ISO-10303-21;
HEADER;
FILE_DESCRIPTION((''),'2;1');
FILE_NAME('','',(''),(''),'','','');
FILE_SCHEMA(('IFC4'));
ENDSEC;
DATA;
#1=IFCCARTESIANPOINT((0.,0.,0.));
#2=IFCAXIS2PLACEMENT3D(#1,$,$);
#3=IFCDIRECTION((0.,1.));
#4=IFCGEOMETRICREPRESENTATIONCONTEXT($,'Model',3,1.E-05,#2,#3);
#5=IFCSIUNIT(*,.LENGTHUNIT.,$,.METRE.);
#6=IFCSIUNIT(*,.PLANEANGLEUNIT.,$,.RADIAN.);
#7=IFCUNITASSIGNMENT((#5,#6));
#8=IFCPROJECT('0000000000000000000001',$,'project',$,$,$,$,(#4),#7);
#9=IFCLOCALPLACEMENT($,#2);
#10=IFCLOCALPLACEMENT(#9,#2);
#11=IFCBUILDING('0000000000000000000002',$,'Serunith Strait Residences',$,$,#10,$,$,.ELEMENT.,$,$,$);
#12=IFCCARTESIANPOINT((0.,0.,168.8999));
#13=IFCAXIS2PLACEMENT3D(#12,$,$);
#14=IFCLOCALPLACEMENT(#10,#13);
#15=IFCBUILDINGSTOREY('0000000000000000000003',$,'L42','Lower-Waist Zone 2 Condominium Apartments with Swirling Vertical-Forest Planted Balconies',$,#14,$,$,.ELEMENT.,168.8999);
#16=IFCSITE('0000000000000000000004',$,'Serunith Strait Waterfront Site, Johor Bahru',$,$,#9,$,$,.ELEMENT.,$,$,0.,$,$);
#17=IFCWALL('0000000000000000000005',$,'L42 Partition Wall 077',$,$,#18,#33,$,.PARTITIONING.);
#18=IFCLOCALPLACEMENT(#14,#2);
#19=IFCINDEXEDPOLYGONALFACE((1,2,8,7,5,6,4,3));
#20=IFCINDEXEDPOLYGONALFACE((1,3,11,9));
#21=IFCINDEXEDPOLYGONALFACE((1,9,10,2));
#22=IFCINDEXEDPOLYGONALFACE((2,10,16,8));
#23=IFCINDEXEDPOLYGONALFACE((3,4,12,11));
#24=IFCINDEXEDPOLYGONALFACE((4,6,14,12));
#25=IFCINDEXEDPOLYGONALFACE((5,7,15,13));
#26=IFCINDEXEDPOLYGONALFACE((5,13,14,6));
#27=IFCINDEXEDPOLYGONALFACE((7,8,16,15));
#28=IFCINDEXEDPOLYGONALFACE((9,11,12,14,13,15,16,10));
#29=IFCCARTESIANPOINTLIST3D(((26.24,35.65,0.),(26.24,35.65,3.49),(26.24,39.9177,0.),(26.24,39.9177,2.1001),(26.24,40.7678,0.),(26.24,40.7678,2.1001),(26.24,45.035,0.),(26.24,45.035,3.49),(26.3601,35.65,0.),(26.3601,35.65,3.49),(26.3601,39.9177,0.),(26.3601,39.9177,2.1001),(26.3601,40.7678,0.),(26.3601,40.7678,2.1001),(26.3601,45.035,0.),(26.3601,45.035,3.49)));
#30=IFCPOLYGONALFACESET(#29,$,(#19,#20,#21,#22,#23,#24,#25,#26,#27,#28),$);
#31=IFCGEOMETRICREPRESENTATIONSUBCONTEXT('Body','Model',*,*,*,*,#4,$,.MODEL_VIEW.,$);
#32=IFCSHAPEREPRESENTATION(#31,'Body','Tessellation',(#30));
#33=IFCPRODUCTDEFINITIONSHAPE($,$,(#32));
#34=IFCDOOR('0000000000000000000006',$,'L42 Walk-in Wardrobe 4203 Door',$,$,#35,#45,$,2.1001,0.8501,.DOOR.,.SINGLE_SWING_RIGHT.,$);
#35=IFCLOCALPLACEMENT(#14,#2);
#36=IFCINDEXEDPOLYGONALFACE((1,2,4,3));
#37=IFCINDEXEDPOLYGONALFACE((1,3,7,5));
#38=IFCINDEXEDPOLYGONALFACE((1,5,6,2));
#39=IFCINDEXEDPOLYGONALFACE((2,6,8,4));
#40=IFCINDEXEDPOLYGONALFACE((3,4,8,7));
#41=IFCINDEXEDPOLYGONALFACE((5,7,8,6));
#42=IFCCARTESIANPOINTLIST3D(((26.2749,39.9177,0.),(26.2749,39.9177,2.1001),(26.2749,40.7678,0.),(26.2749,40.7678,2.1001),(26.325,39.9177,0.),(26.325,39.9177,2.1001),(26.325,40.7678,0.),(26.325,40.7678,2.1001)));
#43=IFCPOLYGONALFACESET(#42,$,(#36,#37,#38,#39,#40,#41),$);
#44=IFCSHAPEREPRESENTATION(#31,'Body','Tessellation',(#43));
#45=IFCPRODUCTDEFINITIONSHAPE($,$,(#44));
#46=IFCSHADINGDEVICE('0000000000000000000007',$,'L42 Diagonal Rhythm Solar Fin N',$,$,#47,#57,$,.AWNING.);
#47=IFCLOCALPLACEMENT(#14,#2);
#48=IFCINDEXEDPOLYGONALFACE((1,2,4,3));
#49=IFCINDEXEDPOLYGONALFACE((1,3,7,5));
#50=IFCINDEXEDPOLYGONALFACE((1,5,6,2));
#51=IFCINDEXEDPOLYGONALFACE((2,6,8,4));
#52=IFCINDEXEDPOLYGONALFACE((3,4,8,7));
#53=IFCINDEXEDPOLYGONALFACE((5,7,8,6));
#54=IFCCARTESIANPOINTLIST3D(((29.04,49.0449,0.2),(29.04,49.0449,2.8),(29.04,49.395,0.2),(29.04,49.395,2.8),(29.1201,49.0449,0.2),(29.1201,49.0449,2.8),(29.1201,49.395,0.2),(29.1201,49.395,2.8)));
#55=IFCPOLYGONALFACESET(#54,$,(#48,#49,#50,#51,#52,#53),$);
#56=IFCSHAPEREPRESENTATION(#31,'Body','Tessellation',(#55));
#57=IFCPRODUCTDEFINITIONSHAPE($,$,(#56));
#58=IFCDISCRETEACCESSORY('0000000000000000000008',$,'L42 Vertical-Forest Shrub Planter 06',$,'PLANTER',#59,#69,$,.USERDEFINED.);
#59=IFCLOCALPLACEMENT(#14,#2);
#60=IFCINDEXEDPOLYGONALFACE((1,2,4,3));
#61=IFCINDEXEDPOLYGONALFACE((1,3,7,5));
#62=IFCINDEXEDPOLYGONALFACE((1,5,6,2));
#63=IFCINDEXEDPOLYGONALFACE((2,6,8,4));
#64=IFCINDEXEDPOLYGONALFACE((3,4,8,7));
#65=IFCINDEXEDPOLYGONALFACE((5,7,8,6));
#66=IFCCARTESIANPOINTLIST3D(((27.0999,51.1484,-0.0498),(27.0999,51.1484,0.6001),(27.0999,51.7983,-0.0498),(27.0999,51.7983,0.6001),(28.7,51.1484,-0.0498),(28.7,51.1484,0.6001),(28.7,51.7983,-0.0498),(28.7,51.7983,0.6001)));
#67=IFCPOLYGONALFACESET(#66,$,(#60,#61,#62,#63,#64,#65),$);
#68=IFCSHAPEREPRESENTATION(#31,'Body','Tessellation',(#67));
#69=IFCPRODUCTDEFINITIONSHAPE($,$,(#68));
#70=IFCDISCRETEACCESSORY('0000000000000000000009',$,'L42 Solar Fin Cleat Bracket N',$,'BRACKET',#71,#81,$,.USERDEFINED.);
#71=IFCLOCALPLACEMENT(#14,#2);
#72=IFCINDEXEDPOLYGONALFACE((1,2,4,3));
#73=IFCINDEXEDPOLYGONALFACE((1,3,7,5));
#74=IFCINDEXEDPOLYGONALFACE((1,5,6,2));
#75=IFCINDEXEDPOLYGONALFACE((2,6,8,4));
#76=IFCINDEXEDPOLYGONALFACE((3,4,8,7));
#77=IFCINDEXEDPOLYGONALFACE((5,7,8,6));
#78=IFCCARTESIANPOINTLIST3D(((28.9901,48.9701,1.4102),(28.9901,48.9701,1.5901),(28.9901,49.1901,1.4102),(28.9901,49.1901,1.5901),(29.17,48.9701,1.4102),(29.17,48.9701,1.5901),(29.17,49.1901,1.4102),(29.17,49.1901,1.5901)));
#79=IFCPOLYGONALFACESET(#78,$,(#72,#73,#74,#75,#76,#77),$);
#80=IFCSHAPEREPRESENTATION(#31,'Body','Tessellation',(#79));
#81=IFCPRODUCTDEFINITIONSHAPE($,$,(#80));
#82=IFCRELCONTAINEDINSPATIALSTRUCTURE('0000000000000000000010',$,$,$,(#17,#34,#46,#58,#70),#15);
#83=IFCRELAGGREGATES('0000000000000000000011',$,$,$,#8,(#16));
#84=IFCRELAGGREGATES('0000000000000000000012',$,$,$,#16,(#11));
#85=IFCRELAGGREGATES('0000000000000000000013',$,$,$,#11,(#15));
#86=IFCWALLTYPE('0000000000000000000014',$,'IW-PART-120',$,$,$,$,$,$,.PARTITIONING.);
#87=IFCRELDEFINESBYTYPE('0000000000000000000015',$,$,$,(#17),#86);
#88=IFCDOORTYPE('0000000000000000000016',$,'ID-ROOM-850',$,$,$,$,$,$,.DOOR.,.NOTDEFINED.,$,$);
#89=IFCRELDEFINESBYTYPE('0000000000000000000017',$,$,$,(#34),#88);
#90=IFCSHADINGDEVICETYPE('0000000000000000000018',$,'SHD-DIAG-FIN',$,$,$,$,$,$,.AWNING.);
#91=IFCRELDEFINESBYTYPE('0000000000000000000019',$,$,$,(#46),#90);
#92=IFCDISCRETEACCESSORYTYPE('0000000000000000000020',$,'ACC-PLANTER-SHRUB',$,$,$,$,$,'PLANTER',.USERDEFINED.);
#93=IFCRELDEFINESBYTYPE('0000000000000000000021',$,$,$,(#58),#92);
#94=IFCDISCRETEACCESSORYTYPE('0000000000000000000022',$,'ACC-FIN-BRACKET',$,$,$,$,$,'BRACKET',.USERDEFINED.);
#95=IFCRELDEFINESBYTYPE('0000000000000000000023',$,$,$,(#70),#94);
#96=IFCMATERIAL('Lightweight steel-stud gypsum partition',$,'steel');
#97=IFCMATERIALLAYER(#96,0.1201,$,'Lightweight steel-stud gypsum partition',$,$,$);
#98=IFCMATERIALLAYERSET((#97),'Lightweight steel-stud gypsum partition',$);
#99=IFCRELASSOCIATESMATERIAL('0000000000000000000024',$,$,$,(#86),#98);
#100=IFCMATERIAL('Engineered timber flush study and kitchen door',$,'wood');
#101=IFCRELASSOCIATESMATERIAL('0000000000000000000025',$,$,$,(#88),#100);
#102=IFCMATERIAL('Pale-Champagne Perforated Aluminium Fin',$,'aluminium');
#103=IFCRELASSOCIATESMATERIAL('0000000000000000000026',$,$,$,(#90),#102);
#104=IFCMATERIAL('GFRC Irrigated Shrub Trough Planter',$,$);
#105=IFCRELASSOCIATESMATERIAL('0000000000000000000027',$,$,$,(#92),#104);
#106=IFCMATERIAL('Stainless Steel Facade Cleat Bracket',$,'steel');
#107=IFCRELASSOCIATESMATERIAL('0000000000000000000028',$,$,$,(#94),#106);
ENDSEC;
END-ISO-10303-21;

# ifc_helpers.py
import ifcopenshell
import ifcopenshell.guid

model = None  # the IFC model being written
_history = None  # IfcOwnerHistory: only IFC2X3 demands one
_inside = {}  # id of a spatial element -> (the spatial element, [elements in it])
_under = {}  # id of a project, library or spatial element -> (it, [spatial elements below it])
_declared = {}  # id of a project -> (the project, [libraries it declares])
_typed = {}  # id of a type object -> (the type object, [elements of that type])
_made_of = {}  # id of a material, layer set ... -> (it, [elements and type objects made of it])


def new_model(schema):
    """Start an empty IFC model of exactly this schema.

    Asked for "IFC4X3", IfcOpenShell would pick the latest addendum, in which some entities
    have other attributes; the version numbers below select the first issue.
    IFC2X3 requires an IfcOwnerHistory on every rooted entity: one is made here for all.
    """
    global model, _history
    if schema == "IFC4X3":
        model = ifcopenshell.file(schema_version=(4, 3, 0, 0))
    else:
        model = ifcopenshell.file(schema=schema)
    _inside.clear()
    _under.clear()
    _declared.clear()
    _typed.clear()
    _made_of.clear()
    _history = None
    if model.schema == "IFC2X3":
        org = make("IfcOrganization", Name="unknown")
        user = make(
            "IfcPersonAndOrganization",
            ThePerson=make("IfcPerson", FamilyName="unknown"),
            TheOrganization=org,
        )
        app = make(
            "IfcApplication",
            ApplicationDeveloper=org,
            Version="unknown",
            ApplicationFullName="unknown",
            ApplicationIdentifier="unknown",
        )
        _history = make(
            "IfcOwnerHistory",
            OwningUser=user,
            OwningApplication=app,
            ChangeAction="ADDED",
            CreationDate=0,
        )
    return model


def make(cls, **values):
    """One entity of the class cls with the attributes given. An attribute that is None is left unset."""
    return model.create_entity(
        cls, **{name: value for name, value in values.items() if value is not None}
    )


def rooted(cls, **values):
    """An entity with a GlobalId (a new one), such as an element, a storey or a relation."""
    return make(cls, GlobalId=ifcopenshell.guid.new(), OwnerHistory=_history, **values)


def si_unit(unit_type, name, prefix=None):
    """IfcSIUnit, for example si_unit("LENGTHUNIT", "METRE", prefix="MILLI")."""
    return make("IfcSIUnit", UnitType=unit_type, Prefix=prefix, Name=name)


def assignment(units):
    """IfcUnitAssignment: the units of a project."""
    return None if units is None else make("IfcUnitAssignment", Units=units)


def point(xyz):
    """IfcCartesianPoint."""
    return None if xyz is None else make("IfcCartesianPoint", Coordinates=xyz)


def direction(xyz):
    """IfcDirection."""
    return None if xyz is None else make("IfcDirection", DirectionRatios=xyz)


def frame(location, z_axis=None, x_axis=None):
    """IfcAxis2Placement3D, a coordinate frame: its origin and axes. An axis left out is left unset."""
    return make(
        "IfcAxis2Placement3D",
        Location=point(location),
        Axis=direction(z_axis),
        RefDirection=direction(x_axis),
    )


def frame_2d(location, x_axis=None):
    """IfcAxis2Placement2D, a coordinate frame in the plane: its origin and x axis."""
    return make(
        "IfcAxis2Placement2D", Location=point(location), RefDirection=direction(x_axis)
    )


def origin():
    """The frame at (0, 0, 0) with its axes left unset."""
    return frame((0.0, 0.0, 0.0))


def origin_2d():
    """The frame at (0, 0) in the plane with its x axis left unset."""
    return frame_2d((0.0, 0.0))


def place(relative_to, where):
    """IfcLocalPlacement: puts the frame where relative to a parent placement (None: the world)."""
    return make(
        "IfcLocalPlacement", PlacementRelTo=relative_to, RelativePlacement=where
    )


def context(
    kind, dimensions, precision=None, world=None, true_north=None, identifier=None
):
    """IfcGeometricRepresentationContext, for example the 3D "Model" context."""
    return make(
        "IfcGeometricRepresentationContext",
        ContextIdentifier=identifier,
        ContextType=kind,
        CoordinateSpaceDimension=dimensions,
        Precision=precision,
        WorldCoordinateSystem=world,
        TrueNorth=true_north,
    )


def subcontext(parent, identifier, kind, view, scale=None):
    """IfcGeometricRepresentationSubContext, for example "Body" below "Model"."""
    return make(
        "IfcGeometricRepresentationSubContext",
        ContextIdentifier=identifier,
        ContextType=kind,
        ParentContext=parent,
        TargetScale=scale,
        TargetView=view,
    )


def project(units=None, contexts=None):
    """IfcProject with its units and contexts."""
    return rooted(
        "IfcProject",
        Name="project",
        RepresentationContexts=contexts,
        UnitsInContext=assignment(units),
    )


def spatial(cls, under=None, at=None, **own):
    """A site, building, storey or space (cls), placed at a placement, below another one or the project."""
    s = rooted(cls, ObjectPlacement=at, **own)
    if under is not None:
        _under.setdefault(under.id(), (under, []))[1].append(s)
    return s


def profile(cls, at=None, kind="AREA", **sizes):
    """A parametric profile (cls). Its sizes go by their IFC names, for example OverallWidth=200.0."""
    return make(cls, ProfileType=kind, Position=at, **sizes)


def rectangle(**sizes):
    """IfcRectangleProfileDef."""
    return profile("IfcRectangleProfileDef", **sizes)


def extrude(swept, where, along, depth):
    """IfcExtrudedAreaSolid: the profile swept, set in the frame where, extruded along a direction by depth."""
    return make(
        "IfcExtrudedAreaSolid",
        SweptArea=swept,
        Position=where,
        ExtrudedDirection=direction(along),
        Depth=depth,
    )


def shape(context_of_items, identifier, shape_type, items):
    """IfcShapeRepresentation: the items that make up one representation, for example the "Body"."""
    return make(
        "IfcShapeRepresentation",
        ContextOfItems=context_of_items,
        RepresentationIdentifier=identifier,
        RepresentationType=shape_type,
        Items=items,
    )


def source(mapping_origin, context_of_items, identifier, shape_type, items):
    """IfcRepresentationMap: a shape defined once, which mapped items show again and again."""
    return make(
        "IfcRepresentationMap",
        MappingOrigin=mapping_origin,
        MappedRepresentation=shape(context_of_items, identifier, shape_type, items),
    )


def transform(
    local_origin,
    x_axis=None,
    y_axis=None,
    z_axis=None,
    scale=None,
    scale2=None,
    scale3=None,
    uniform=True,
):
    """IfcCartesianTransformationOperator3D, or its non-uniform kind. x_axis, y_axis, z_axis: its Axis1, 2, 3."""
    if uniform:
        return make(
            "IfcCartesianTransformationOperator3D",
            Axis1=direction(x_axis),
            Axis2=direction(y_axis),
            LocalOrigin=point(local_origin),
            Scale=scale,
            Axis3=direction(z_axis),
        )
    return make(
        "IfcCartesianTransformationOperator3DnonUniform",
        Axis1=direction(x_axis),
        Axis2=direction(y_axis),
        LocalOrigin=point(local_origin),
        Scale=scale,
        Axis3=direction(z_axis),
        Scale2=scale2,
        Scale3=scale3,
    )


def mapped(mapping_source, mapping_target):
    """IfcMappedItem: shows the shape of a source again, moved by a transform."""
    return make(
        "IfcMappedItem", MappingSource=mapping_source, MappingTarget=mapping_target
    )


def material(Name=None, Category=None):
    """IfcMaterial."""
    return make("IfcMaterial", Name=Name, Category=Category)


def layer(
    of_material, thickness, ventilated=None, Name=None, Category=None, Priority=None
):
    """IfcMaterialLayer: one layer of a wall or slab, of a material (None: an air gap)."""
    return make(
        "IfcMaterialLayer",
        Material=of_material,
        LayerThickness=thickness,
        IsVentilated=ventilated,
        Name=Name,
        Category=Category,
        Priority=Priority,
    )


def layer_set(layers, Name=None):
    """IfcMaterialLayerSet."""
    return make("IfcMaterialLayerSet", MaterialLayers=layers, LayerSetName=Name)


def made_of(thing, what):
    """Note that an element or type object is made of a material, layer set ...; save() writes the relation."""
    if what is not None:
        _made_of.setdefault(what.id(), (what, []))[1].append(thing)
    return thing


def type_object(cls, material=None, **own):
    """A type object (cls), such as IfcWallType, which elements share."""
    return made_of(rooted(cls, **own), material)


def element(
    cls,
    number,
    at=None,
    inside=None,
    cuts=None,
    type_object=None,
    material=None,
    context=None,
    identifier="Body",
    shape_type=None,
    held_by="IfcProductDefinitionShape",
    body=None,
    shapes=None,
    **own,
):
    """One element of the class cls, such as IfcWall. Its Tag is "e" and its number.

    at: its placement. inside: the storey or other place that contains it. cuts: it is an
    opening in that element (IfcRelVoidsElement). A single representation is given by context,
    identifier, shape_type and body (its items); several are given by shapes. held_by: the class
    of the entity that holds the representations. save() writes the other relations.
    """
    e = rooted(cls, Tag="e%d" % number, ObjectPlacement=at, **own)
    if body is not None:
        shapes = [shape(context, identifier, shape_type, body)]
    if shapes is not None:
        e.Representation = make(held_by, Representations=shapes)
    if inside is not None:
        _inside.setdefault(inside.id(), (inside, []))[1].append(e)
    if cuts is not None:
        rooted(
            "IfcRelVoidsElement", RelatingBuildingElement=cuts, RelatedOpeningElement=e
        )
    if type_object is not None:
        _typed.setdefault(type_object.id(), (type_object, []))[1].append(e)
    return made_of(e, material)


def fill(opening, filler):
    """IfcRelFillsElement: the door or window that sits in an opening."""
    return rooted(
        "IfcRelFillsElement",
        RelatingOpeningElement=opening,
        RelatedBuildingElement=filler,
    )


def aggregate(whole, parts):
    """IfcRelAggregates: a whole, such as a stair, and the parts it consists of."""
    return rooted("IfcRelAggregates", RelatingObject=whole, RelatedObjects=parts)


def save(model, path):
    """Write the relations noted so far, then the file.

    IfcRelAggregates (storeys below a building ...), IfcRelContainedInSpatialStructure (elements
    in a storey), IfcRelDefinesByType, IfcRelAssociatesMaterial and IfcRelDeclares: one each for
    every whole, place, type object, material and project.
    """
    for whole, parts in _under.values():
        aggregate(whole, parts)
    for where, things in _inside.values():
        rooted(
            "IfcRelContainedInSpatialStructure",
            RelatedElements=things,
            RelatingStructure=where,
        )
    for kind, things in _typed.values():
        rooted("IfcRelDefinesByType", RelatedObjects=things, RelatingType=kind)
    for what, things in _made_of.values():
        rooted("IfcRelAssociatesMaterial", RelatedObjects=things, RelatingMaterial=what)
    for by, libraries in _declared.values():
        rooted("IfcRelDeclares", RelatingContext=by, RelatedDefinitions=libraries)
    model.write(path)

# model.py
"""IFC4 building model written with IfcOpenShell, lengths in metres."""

from ifc_helpers import new_model, si_unit, direction, frame, frame_2d, origin, origin_2d, place, context, subcontext, project, spatial, rectangle, extrude, source, transform, mapped, material, layer, layer_set, type_object, element, fill, save


model = new_model("IFC4")

# Units and contexts
model_context = context("Model", 3, precision=1e-05, world=origin(), true_north=direction((0.0, 1.0)))
body_context = subcontext(model_context, "Body", "Model", "MODEL_VIEW")
ifc_project = project(units=[si_unit("LENGTHUNIT", "METRE"), si_unit("PLANEANGLEUNIT", "RADIAN")], contexts=[model_context])

# Site, building, storey
site_placement = place(None, origin())
site = spatial("IfcSite", under=ifc_project, at=site_placement, Name="Serunith Strait Waterfront Site, Johor Bahru", CompositionType="ELEMENT", RefElevation=0.0)
building_placement = place(site_placement, origin())
building = spatial("IfcBuilding", under=site, at=building_placement, Name="Serunith Strait Residences", CompositionType="ELEMENT")
storey_placement = place(building_placement, frame((0.0, 0.0, 168.8999)))
storey = spatial("IfcBuildingStorey", under=building, at=storey_placement, Name="L42", Description="Lower-Waist Zone 2 Condominium Apartments with Swirling Vertical-Forest Planted Balconies", CompositionType="ELEMENT", Elevation=168.8999)

# Shared definitions
ifc_material_1 = material(Name="Lightweight steel-stud gypsum partition", Category="steel")
ifc_layer_1 = layer(ifc_material_1, 0.1201, Name="Lightweight steel-stud gypsum partition")
ifc_layer_set_1 = layer_set([ifc_layer_1], Name="Lightweight steel-stud gypsum partition")
wall_type = type_object("IfcWallType", Name="IW-PART-120", PredefinedType="PARTITIONING", material=ifc_layer_set_1)
ifc_material_2 = material(Name="Engineered timber flush study and kitchen door", Category="wood")
door_type_1 = type_object("IfcDoorType", Name="ID-ROOM-850", OperationType="NOTDEFINED", PredefinedType="DOOR", material=ifc_material_2)
shared_shape_1 = source(origin(), body_context, "Body", "SweptSolid", [
    extrude(rectangle(XDim=0.8501, YDim=2.1001, at=frame_2d((0.425, 1.05))), frame((0.0, 0.0249, 0.0), z_axis=(0.0, -1.0, 0.0), x_axis=(1.0, 0.0, 0.0)), (0.0, 0.0, 1.0), 0.05),
])

# Wall, opening, door
wall_1_placement = place(storey_placement, frame((26.3, 45.0349, 0.0), z_axis=(0.0, 0.0, 1.0), x_axis=(0.0, -1.0, 0.0)))
wall_1 = element("IfcWall", 1, at=wall_1_placement, inside=storey, type_object=wall_type, Name="L42 Partition Wall 077", PredefinedType="PARTITIONING", context=body_context, shape_type="SweptSolid", body=[
    extrude(rectangle(XDim=9.385, YDim=0.1201, at=frame_2d((4.6924, 0.0))), origin(), (0.0, 0.0, 1.0), 3.49),
])
opening_1_placement = place(wall_1_placement, frame((4.2671, 0.0, 0.0)))
opening_1 = element("IfcOpeningElement", 2, at=opening_1_placement, cuts=wall_1, PredefinedType="OPENING", context=body_context, shape_type="SweptSolid", body=[
    extrude(rectangle(XDim=0.8501, YDim=2.1001, at=frame_2d((0.425, 1.05))), frame((0.0, 0.0701, 0.0), z_axis=(0.0, -1.0, 0.0), x_axis=(1.0, 0.0, 0.0)), (0.0, 0.0, 1.0), 0.1401),
])
door_1_placement = place(opening_1_placement, origin())
door_1 = element("IfcDoor", 3, at=door_1_placement, inside=storey, type_object=door_type_1, Name="L42 Walk-in Wardrobe 4203 Door", OperationType="SINGLE_SWING_RIGHT", OverallHeight=2.1001, OverallWidth=0.8501, PredefinedType="DOOR", context=body_context, shape_type="MappedRepresentation", body=[
    mapped(shared_shape_1, transform((0.0, 0.0, 0.0), scale=1.0)),
])
fill(opening_1, door_1)

# Shading device
ifc_material_3 = material(Name="Pale-Champagne Perforated Aluminium Fin", Category="aluminium")
shading_device_type = type_object("IfcShadingDeviceType", Name="SHD-DIAG-FIN", PredefinedType="AWNING", material=ifc_material_3)
shared_shape_2 = source(origin(), body_context, "Body", "SweptSolid", [
    extrude(rectangle(XDim=0.0801, YDim=0.3501, at=origin_2d()), origin(), (0.0, 0.0, 1.0), 2.6001),
])
shading_device_placement = place(storey_placement, frame((29.0801, 49.22, 0.2), z_axis=(0.0, 0.0, 1.0), x_axis=(1.0, 0.0, 0.0)))
element("IfcShadingDevice", 4, at=shading_device_placement, inside=storey, type_object=shading_device_type, Name="L42 Diagonal Rhythm Solar Fin N", PredefinedType="AWNING", context=body_context, shape_type="MappedRepresentation", body=[
    mapped(shared_shape_2, transform((0.0, 0.0, 0.0), scale=1.0)),
])

# Discrete accessories
ifc_material_4 = material(Name="GFRC Irrigated Shrub Trough Planter")
discrete_accessory_type_1 = type_object("IfcDiscreteAccessoryType", Name="ACC-PLANTER-SHRUB", ElementType="PLANTER", PredefinedType="USERDEFINED", material=ifc_material_4)
shared_shape_3 = source(origin(), body_context, "Body", "SweptSolid", [
    extrude(rectangle(XDim=1.6001, YDim=0.6499, at=origin_2d()), origin(), (0.0, 0.0, 1.0), 0.6499),
])
discrete_accessory_1_placement = place(storey_placement, frame((27.8999, 51.4734, -0.0498), z_axis=(0.0, 0.0, 1.0), x_axis=(-1.0, 0.0, 0.0)))
element("IfcDiscreteAccessory", 5, at=discrete_accessory_1_placement, inside=storey, type_object=discrete_accessory_type_1, Name="L42 Vertical-Forest Shrub Planter 06", ObjectType="PLANTER", PredefinedType="USERDEFINED", context=body_context, shape_type="MappedRepresentation", body=[
    mapped(shared_shape_3, transform((0.0, 0.0, 0.0), scale=1.0)),
])
ifc_material_5 = material(Name="Stainless Steel Facade Cleat Bracket", Category="steel")
discrete_accessory_type_2 = type_object("IfcDiscreteAccessoryType", Name="ACC-FIN-BRACKET", ElementType="BRACKET", PredefinedType="USERDEFINED", material=ifc_material_5)
shared_shape_4 = source(origin(), body_context, "Body", "SweptSolid", [
    extrude(rectangle(XDim=0.1799, YDim=0.22, at=origin_2d()), origin(), (0.0, 0.0, 1.0), 0.1799),
])
discrete_accessory_2_placement = place(storey_placement, frame((29.0801, 49.0801, 1.4102), z_axis=(0.0, 0.0, 1.0), x_axis=(1.0, 0.0, 0.0)))
element("IfcDiscreteAccessory", 6, at=discrete_accessory_2_placement, inside=storey, type_object=discrete_accessory_type_2, Name="L42 Solar Fin Cleat Bracket N", ObjectType="BRACKET", PredefinedType="USERDEFINED", context=body_context, shape_type="MappedRepresentation", body=[
    mapped(shared_shape_4, transform((0.0, 0.0, 0.0), scale=1.0)),
])

save(model, "model.ifc")
